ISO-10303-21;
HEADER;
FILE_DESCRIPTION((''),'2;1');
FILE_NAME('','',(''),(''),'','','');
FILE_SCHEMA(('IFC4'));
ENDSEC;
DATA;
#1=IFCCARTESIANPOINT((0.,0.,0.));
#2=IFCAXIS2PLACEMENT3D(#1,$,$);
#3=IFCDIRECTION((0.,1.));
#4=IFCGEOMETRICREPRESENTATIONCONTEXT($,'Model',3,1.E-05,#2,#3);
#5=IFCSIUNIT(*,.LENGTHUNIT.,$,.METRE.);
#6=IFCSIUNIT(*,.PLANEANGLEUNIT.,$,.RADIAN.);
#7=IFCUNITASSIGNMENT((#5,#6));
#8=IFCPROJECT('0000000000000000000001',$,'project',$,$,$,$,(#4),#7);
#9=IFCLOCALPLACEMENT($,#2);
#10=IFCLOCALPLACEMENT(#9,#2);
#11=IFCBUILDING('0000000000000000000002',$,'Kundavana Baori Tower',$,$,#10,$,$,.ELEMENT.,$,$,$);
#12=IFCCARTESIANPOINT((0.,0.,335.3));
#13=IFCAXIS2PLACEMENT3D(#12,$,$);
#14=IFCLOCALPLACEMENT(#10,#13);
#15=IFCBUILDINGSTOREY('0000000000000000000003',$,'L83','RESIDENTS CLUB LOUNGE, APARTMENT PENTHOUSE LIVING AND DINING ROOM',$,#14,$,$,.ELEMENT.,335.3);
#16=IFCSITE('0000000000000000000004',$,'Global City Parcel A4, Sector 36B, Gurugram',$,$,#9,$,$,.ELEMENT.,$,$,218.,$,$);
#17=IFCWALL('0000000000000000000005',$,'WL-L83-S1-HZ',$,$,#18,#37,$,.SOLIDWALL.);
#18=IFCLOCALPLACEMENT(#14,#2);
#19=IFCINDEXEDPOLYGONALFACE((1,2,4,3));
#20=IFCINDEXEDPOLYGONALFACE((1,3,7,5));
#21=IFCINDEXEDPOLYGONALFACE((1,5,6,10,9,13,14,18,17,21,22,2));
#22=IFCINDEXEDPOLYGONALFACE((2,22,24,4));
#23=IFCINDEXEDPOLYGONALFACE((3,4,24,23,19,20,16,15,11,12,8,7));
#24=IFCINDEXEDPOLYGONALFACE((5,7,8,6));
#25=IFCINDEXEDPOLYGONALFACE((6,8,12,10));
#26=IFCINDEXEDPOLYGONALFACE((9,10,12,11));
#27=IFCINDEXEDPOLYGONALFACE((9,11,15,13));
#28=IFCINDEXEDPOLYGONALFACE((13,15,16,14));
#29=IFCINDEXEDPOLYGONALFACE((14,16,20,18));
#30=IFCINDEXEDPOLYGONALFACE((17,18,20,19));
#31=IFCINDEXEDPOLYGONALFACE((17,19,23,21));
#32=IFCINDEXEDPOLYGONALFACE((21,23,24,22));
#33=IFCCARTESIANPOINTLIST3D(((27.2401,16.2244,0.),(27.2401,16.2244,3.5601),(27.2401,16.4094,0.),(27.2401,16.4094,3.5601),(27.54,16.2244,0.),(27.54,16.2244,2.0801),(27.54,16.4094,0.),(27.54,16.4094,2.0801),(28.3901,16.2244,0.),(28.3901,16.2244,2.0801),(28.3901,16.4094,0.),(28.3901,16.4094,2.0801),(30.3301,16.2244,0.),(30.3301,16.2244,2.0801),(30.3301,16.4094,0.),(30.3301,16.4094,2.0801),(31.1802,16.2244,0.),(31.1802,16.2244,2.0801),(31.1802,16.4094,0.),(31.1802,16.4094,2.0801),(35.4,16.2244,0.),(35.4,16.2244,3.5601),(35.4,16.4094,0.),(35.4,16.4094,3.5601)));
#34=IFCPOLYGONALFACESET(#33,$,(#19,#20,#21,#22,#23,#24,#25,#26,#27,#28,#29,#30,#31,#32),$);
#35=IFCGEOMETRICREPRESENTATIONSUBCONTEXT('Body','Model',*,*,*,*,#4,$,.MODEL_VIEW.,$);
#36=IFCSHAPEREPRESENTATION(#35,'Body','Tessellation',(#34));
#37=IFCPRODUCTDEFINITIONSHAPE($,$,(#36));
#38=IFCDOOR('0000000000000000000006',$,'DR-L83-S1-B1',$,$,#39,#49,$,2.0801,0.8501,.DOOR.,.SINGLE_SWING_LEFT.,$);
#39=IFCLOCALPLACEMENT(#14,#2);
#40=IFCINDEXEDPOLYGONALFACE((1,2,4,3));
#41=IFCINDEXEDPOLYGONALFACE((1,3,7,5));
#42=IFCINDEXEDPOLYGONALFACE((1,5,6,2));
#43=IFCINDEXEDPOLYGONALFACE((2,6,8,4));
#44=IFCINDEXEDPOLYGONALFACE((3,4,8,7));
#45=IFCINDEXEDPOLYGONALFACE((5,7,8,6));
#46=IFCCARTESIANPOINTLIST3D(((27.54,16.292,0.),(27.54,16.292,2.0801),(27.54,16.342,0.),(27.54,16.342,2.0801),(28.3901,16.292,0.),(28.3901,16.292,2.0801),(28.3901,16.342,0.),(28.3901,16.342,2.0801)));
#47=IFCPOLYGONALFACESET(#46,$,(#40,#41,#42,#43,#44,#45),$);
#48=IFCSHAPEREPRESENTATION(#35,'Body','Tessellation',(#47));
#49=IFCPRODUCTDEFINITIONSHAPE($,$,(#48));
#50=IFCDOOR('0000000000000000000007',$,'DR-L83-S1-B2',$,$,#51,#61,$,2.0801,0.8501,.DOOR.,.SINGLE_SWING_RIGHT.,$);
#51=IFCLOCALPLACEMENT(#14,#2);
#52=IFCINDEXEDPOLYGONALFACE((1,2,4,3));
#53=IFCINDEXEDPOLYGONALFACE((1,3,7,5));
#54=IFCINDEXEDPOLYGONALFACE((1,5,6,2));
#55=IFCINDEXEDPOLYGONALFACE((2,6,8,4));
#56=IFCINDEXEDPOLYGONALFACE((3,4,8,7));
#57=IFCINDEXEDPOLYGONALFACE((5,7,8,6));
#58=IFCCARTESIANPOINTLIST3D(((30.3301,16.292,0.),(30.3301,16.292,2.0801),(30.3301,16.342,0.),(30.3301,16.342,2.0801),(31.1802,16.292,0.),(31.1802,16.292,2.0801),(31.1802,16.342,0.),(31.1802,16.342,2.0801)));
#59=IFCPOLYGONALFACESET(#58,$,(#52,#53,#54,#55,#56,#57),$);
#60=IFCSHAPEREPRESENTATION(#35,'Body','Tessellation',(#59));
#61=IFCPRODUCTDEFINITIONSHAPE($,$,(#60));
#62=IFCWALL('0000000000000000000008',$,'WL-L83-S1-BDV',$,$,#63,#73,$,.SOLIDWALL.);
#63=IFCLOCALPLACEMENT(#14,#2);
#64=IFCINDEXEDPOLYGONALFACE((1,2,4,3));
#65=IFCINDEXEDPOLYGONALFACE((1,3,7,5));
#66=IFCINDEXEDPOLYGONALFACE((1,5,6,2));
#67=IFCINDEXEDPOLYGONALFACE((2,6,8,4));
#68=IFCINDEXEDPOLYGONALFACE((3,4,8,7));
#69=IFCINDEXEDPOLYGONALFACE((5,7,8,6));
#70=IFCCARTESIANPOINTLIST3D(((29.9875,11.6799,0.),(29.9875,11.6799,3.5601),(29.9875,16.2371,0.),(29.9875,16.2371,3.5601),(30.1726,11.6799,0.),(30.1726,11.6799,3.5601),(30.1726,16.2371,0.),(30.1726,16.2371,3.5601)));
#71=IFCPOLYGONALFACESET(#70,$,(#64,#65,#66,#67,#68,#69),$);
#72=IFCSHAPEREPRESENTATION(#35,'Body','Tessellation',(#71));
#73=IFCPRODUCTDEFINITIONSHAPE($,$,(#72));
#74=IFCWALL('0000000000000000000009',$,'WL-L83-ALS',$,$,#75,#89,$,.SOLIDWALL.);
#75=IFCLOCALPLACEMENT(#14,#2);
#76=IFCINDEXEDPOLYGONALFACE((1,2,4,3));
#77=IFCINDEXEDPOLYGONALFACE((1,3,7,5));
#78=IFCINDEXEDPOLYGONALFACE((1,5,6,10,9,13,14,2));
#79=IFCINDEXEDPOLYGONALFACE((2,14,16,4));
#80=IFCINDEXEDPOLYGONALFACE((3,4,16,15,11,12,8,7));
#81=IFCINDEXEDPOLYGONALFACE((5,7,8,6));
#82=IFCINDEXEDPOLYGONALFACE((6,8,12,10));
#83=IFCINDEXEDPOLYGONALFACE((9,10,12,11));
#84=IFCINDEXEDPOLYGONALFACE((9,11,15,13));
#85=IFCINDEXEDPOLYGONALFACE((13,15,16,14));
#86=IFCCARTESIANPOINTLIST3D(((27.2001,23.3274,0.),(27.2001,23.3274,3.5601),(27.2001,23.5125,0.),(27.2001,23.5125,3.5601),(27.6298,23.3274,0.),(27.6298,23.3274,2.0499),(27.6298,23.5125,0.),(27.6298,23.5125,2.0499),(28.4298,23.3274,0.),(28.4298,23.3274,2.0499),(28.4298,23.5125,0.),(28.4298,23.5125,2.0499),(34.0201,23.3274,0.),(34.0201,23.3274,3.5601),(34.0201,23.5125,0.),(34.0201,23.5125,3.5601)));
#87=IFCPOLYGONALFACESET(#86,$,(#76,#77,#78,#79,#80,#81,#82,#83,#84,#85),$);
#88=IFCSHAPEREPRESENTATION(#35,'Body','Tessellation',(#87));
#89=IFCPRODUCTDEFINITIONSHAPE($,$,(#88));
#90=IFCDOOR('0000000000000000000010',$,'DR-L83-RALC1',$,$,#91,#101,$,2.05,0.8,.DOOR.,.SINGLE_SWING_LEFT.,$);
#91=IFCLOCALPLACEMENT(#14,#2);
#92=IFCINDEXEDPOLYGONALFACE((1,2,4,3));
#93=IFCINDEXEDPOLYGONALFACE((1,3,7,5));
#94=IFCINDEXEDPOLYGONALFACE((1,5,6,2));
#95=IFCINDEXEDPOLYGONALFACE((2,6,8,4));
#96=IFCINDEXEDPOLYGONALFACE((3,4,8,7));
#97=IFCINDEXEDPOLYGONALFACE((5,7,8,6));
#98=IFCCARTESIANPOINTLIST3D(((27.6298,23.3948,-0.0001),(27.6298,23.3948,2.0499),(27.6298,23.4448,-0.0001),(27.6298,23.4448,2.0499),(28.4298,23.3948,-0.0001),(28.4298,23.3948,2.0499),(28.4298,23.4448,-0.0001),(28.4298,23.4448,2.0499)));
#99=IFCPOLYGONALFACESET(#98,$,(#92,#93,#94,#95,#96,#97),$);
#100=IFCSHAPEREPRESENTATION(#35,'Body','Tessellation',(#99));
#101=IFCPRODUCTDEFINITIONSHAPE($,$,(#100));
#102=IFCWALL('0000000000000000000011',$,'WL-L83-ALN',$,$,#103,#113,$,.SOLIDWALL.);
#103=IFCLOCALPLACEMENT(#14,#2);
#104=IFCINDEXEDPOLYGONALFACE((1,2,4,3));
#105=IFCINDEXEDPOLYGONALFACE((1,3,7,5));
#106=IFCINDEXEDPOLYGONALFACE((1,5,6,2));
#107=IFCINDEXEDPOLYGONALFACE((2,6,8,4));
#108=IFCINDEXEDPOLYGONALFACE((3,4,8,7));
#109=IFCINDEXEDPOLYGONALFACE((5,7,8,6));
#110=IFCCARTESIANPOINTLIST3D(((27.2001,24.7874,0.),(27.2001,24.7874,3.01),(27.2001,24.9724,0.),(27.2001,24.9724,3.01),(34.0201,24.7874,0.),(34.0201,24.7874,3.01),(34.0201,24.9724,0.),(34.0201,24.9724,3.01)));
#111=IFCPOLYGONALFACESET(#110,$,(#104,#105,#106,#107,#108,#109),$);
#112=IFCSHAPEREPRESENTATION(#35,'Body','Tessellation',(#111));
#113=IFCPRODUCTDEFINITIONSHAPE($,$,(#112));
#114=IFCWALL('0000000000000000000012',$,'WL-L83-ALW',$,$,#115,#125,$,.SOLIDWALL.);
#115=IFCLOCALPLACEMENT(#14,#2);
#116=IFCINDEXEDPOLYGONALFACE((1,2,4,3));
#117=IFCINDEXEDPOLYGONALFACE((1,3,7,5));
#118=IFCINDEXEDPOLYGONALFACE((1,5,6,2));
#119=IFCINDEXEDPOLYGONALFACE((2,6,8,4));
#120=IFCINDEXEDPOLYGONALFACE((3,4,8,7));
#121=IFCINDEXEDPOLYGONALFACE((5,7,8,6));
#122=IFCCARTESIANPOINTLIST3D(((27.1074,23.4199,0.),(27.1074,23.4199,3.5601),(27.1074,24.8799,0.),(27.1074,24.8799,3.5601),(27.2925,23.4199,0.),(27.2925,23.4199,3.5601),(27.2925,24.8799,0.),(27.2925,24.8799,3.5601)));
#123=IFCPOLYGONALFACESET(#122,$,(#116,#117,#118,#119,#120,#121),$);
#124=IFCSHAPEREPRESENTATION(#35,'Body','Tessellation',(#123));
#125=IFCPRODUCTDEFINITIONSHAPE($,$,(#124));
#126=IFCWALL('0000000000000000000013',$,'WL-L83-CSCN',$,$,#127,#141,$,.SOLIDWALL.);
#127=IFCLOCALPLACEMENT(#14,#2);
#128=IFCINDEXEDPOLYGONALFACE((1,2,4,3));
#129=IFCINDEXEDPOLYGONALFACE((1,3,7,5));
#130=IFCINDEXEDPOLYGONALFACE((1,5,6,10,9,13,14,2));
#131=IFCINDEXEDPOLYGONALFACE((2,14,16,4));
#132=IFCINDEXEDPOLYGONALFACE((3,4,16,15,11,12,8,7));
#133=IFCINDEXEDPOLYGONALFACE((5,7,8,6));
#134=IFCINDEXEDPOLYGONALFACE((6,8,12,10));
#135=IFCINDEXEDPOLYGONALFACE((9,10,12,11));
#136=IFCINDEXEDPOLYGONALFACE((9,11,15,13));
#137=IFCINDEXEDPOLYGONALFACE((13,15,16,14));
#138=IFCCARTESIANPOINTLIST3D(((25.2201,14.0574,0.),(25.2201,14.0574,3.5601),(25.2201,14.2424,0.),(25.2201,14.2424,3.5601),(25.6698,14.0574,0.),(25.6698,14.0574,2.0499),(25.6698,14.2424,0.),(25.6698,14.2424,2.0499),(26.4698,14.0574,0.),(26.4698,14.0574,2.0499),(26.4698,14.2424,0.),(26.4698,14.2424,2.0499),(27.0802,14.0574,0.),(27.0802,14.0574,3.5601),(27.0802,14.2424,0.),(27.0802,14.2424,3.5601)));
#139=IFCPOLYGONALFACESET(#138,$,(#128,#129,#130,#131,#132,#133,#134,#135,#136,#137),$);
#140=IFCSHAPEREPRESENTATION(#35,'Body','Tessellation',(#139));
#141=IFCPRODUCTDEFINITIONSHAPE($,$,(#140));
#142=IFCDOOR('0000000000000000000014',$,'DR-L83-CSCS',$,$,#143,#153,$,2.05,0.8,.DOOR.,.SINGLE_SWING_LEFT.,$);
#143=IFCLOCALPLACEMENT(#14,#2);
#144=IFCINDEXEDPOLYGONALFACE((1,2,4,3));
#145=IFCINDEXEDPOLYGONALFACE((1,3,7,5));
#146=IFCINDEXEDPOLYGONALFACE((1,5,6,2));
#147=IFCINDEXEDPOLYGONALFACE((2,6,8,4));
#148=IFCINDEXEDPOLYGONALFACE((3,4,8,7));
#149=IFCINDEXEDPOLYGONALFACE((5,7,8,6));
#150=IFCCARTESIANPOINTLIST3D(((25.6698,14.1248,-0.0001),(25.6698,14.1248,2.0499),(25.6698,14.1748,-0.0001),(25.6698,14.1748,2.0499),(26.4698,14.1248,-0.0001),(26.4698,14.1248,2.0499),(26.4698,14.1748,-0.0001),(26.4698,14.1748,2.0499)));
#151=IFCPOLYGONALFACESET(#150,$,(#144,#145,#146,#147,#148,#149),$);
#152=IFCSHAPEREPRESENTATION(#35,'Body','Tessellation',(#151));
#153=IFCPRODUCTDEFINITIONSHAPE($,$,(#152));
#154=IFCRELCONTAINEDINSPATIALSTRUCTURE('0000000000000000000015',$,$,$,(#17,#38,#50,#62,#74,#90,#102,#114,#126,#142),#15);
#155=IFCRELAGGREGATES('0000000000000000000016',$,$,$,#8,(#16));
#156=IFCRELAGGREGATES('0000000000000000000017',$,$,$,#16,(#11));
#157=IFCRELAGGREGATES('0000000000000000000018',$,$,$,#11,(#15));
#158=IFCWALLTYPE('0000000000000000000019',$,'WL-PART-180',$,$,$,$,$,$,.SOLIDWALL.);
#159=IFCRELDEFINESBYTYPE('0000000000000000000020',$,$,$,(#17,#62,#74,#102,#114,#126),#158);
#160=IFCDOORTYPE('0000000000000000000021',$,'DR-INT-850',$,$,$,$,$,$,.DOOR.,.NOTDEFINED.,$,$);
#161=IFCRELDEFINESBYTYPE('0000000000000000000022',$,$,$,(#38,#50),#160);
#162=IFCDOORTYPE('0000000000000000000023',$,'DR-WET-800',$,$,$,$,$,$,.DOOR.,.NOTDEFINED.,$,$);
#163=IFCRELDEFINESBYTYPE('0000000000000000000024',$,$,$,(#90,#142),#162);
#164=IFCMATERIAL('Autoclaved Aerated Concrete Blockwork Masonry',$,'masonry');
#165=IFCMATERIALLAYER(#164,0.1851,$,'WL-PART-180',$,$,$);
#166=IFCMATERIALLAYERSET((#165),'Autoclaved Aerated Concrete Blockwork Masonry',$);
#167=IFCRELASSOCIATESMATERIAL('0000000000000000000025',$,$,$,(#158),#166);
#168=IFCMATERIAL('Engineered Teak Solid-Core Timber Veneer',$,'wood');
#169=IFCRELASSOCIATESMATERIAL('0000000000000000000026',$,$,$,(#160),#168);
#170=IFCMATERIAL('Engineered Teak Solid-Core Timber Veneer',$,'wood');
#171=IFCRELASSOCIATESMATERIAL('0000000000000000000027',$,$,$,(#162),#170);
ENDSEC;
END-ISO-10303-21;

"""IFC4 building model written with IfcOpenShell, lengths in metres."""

from ifc_helpers import new_model, si_unit, direction, frame, frame_2d, origin, place, context, subcontext, project, spatial, rectangle, extrude, material, layer, layer_set, type_object, element, fill, save


model = new_model("IFC4")

# Units and contexts
model_context = context("Model", 3, precision=1e-05, world=origin(), true_north=direction((0.0, 1.0)))
body_context = subcontext(model_context, "Body", "Model", "MODEL_VIEW")
ifc_project = project(units=[si_unit("LENGTHUNIT", "METRE"), si_unit("PLANEANGLEUNIT", "RADIAN")], contexts=[model_context])

# Site, building, storey
site_placement = place(None, origin())
site = spatial("IfcSite", under=ifc_project, at=site_placement, Name="Global City Parcel A4, Sector 36B, Gurugram", CompositionType="ELEMENT", RefElevation=218.0)
building_placement = place(site_placement, origin())
building = spatial("IfcBuilding", under=site, at=building_placement, Name="Kundavana Baori Tower", CompositionType="ELEMENT")
storey_placement = place(building_placement, frame((0.0, 0.0, 335.3)))
storey = spatial("IfcBuildingStorey", under=building, at=storey_placement, Name="L83", Description="RESIDENTS CLUB LOUNGE, APARTMENT PENTHOUSE LIVING AND DINING ROOM", CompositionType="ELEMENT", Elevation=335.3)

# Shared definitions
ifc_material_1 = material(Name="Autoclaved Aerated Concrete Blockwork Masonry", Category="masonry")
ifc_layer_1 = layer(ifc_material_1, 0.1851, Name="WL-PART-180")
ifc_layer_set_1 = layer_set([ifc_layer_1], Name="Autoclaved Aerated Concrete Blockwork Masonry")
wall_type_1 = type_object("IfcWallType", Name="WL-PART-180", PredefinedType="SOLIDWALL", material=ifc_layer_set_1)

# Wall, openings, doors
wall_1_placement = place(storey_placement, frame((27.24, 16.3169, 0.0), z_axis=(0.0, 0.0, 1.0), x_axis=(1.0, 0.0, 0.0)))
wall_1 = element("IfcWall", 1, at=wall_1_placement, inside=storey, type_object=wall_type_1, Name="WL-L83-S1-HZ", PredefinedType="SOLIDWALL", context=body_context, shape_type="SweptSolid", body=[
    extrude(rectangle(XDim=8.1599, YDim=0.1851, at=frame_2d((4.0801, 0.0))), origin(), (0.0, 0.0, 1.0), 3.5601),
])
opening_1_placement = place(wall_1_placement, frame((0.3, 0.0, 0.0)))
opening_1 = element("IfcOpeningElement", 2, at=opening_1_placement, cuts=wall_1, PredefinedType="OPENING", context=body_context, shape_type="SweptSolid", body=[
    extrude(rectangle(XDim=0.8501, YDim=2.0801, at=frame_2d((0.425, 1.04))), frame((0.0, 0.1025, 0.0), z_axis=(0.0, -1.0, 0.0), x_axis=(1.0, 0.0, 0.0)), (0.0, 0.0, 1.0), 0.2051),
])
opening_2_placement = place(wall_1_placement, frame((3.0901, 0.0, 0.0)))
opening_2 = element("IfcOpeningElement", 3, at=opening_2_placement, cuts=wall_1, PredefinedType="OPENING", context=body_context, shape_type="SweptSolid", body=[
    extrude(rectangle(XDim=0.8501, YDim=2.0801, at=frame_2d((0.425, 1.04))), frame((0.0, 0.1025, 0.0), z_axis=(0.0, -1.0, 0.0), x_axis=(1.0, 0.0, 0.0)), (0.0, 0.0, 1.0), 0.2051),
])
ifc_material_2 = material(Name="Engineered Teak Solid-Core Timber Veneer", Category="wood")
door_type_1 = type_object("IfcDoorType", Name="DR-INT-850", OperationType="NOTDEFINED", PredefinedType="DOOR", material=ifc_material_2)
door_1_placement = place(opening_1_placement, frame((0.8501, 0.0, 0.0), z_axis=(0.0, 0.0, 1.0), x_axis=(-1.0, 0.0, 0.0)))
door_1 = element("IfcDoor", 4, at=door_1_placement, inside=storey, type_object=door_type_1, Name="DR-L83-S1-B1", OperationType="SINGLE_SWING_LEFT", OverallHeight=2.0801, OverallWidth=0.8501, PredefinedType="DOOR", context=body_context, shape_type="SweptSolid", body=[
    extrude(rectangle(XDim=0.8501, YDim=2.0801, at=frame_2d((0.425, 1.04))), frame((0.0, 0.0249, 0.0), z_axis=(0.0, -1.0, 0.0), x_axis=(1.0, 0.0, 0.0)), (0.0, 0.0, 1.0), 0.05),
])
fill(opening_1, door_1)
door_2_placement = place(opening_2_placement, frame((0.8501, 0.0, 0.0), z_axis=(0.0, 0.0, 1.0), x_axis=(-1.0, 0.0, 0.0)))
door_2 = element("IfcDoor", 5, at=door_2_placement, inside=storey, type_object=door_type_1, Name="DR-L83-S1-B2", OperationType="SINGLE_SWING_RIGHT", OverallHeight=2.0801, OverallWidth=0.8501, PredefinedType="DOOR", context=body_context, shape_type="SweptSolid", body=[
    extrude(rectangle(XDim=0.8501, YDim=2.0801, at=frame_2d((0.425, 1.04))), frame((0.0, 0.0249, 0.0), z_axis=(0.0, -1.0, 0.0), x_axis=(1.0, 0.0, 0.0)), (0.0, 0.0, 1.0), 0.05),
])
fill(opening_2, door_2)

# Wall
wall_2_placement = place(storey_placement, frame((30.0801, 11.6799, 0.0), z_axis=(0.0, 0.0, 1.0), x_axis=(0.0, 1.0, 0.0)))
element("IfcWall", 6, at=wall_2_placement, inside=storey, type_object=wall_type_1, Name="WL-L83-S1-BDV", PredefinedType="SOLIDWALL", context=body_context, shape_type="SweptSolid", body=[
    extrude(rectangle(XDim=4.5571, YDim=0.1851, at=frame_2d((2.2786, 0.0))), origin(), (0.0, 0.0, 1.0), 3.5601),
])

# Wall, opening, door
wall_3_placement = place(storey_placement, frame((27.2, 23.4199, 0.0), z_axis=(0.0, 0.0, 1.0), x_axis=(1.0, 0.0, 0.0)))
wall_3 = element("IfcWall", 7, at=wall_3_placement, inside=storey, type_object=wall_type_1, Name="WL-L83-ALS", PredefinedType="SOLIDWALL", context=body_context, shape_type="SweptSolid", body=[
    extrude(rectangle(XDim=6.8201, YDim=0.1851, at=frame_2d((3.4102, 0.0))), origin(), (0.0, 0.0, 1.0), 3.5601),
])
opening_3_placement = place(wall_3_placement, frame((0.4299, 0.0, 0.0)))
opening_3 = element("IfcOpeningElement", 8, at=opening_3_placement, cuts=wall_3, PredefinedType="OPENING", context=body_context, shape_type="SweptSolid", body=[
    extrude(rectangle(XDim=0.8, YDim=2.05, at=frame_2d((0.3999, 1.0249))), frame((0.0, 0.1025, 0.0), z_axis=(0.0, -1.0, 0.0), x_axis=(1.0, 0.0, 0.0)), (0.0, 0.0, 1.0), 0.2051),
])
ifc_material_3 = material(Name="Engineered Teak Solid-Core Timber Veneer", Category="wood")
door_type_2 = type_object("IfcDoorType", Name="DR-WET-800", OperationType="NOTDEFINED", PredefinedType="DOOR", material=ifc_material_3)
door_3_placement = place(opening_3_placement, origin())
door_3 = element("IfcDoor", 9, at=door_3_placement, inside=storey, type_object=door_type_2, Name="DR-L83-RALC1", OperationType="SINGLE_SWING_LEFT", OverallHeight=2.05, OverallWidth=0.8, PredefinedType="DOOR", context=body_context, shape_type="SweptSolid", body=[
    extrude(rectangle(XDim=0.8, YDim=2.05, at=frame_2d((0.3999, 1.0249))), frame((0.0, 0.0249, 0.0), z_axis=(0.0, -1.0, 0.0), x_axis=(1.0, 0.0, 0.0)), (0.0, 0.0, 1.0), 0.05),
])
fill(opening_3, door_3)

# Walls
wall_4_placement = place(storey_placement, frame((27.2, 24.8799, 0.0), z_axis=(0.0, 0.0, 1.0), x_axis=(1.0, 0.0, 0.0)))
element("IfcWall", 10, at=wall_4_placement, inside=storey, type_object=wall_type_1, Name="WL-L83-ALN", PredefinedType="SOLIDWALL", context=body_context, shape_type="SweptSolid", body=[
    extrude(rectangle(XDim=6.8201, YDim=0.1851, at=frame_2d((3.4102, 0.0))), origin(), (0.0, 0.0, 1.0), 3.01),
])
wall_5_placement = place(storey_placement, frame((27.2, 23.4199, 0.0), z_axis=(0.0, 0.0, 1.0), x_axis=(0.0, 1.0, 0.0)))
element("IfcWall", 11, at=wall_5_placement, inside=storey, type_object=wall_type_1, Name="WL-L83-ALW", PredefinedType="SOLIDWALL", context=body_context, shape_type="SweptSolid", body=[
    extrude(rectangle(XDim=1.46, YDim=0.1851, at=frame_2d((0.73, 0.0))), origin(), (0.0, 0.0, 1.0), 3.5601),
])

# Wall, opening, door
wall_6_placement = place(storey_placement, frame((25.22, 14.1499, 0.0), z_axis=(0.0, 0.0, 1.0), x_axis=(1.0, 0.0, 0.0)))
wall_6 = element("IfcWall", 12, at=wall_6_placement, inside=storey, type_object=wall_type_1, Name="WL-L83-CSCN", PredefinedType="SOLIDWALL", context=body_context, shape_type="SweptSolid", body=[
    extrude(rectangle(XDim=1.8601, YDim=0.1851, at=frame_2d((0.9302, 0.0))), origin(), (0.0, 0.0, 1.0), 3.5601),
])
opening_4_placement = place(wall_6_placement, frame((0.45, 0.0, 0.0)))
opening_4 = element("IfcOpeningElement", 13, at=opening_4_placement, cuts=wall_6, PredefinedType="OPENING", context=body_context, shape_type="SweptSolid", body=[
    extrude(rectangle(XDim=0.8, YDim=2.05, at=frame_2d((0.3999, 1.0249))), frame((0.0, 0.1025, 0.0), z_axis=(0.0, -1.0, 0.0), x_axis=(1.0, 0.0, 0.0)), (0.0, 0.0, 1.0), 0.2051),
])
door_4_placement = place(opening_4_placement, origin())
door_4 = element("IfcDoor", 14, at=door_4_placement, inside=storey, type_object=door_type_2, Name="DR-L83-CSCS", OperationType="SINGLE_SWING_LEFT", OverallHeight=2.05, OverallWidth=0.8, PredefinedType="DOOR", context=body_context, shape_type="SweptSolid", body=[
    extrude(rectangle(XDim=0.8, YDim=2.05, at=frame_2d((0.3999, 1.0249))), frame((0.0, 0.0249, 0.0), z_axis=(0.0, -1.0, 0.0), x_axis=(1.0, 0.0, 0.0)), (0.0, 0.0, 1.0), 0.05),
])
fill(opening_4, door_4)

save(model, "model.ifc")
